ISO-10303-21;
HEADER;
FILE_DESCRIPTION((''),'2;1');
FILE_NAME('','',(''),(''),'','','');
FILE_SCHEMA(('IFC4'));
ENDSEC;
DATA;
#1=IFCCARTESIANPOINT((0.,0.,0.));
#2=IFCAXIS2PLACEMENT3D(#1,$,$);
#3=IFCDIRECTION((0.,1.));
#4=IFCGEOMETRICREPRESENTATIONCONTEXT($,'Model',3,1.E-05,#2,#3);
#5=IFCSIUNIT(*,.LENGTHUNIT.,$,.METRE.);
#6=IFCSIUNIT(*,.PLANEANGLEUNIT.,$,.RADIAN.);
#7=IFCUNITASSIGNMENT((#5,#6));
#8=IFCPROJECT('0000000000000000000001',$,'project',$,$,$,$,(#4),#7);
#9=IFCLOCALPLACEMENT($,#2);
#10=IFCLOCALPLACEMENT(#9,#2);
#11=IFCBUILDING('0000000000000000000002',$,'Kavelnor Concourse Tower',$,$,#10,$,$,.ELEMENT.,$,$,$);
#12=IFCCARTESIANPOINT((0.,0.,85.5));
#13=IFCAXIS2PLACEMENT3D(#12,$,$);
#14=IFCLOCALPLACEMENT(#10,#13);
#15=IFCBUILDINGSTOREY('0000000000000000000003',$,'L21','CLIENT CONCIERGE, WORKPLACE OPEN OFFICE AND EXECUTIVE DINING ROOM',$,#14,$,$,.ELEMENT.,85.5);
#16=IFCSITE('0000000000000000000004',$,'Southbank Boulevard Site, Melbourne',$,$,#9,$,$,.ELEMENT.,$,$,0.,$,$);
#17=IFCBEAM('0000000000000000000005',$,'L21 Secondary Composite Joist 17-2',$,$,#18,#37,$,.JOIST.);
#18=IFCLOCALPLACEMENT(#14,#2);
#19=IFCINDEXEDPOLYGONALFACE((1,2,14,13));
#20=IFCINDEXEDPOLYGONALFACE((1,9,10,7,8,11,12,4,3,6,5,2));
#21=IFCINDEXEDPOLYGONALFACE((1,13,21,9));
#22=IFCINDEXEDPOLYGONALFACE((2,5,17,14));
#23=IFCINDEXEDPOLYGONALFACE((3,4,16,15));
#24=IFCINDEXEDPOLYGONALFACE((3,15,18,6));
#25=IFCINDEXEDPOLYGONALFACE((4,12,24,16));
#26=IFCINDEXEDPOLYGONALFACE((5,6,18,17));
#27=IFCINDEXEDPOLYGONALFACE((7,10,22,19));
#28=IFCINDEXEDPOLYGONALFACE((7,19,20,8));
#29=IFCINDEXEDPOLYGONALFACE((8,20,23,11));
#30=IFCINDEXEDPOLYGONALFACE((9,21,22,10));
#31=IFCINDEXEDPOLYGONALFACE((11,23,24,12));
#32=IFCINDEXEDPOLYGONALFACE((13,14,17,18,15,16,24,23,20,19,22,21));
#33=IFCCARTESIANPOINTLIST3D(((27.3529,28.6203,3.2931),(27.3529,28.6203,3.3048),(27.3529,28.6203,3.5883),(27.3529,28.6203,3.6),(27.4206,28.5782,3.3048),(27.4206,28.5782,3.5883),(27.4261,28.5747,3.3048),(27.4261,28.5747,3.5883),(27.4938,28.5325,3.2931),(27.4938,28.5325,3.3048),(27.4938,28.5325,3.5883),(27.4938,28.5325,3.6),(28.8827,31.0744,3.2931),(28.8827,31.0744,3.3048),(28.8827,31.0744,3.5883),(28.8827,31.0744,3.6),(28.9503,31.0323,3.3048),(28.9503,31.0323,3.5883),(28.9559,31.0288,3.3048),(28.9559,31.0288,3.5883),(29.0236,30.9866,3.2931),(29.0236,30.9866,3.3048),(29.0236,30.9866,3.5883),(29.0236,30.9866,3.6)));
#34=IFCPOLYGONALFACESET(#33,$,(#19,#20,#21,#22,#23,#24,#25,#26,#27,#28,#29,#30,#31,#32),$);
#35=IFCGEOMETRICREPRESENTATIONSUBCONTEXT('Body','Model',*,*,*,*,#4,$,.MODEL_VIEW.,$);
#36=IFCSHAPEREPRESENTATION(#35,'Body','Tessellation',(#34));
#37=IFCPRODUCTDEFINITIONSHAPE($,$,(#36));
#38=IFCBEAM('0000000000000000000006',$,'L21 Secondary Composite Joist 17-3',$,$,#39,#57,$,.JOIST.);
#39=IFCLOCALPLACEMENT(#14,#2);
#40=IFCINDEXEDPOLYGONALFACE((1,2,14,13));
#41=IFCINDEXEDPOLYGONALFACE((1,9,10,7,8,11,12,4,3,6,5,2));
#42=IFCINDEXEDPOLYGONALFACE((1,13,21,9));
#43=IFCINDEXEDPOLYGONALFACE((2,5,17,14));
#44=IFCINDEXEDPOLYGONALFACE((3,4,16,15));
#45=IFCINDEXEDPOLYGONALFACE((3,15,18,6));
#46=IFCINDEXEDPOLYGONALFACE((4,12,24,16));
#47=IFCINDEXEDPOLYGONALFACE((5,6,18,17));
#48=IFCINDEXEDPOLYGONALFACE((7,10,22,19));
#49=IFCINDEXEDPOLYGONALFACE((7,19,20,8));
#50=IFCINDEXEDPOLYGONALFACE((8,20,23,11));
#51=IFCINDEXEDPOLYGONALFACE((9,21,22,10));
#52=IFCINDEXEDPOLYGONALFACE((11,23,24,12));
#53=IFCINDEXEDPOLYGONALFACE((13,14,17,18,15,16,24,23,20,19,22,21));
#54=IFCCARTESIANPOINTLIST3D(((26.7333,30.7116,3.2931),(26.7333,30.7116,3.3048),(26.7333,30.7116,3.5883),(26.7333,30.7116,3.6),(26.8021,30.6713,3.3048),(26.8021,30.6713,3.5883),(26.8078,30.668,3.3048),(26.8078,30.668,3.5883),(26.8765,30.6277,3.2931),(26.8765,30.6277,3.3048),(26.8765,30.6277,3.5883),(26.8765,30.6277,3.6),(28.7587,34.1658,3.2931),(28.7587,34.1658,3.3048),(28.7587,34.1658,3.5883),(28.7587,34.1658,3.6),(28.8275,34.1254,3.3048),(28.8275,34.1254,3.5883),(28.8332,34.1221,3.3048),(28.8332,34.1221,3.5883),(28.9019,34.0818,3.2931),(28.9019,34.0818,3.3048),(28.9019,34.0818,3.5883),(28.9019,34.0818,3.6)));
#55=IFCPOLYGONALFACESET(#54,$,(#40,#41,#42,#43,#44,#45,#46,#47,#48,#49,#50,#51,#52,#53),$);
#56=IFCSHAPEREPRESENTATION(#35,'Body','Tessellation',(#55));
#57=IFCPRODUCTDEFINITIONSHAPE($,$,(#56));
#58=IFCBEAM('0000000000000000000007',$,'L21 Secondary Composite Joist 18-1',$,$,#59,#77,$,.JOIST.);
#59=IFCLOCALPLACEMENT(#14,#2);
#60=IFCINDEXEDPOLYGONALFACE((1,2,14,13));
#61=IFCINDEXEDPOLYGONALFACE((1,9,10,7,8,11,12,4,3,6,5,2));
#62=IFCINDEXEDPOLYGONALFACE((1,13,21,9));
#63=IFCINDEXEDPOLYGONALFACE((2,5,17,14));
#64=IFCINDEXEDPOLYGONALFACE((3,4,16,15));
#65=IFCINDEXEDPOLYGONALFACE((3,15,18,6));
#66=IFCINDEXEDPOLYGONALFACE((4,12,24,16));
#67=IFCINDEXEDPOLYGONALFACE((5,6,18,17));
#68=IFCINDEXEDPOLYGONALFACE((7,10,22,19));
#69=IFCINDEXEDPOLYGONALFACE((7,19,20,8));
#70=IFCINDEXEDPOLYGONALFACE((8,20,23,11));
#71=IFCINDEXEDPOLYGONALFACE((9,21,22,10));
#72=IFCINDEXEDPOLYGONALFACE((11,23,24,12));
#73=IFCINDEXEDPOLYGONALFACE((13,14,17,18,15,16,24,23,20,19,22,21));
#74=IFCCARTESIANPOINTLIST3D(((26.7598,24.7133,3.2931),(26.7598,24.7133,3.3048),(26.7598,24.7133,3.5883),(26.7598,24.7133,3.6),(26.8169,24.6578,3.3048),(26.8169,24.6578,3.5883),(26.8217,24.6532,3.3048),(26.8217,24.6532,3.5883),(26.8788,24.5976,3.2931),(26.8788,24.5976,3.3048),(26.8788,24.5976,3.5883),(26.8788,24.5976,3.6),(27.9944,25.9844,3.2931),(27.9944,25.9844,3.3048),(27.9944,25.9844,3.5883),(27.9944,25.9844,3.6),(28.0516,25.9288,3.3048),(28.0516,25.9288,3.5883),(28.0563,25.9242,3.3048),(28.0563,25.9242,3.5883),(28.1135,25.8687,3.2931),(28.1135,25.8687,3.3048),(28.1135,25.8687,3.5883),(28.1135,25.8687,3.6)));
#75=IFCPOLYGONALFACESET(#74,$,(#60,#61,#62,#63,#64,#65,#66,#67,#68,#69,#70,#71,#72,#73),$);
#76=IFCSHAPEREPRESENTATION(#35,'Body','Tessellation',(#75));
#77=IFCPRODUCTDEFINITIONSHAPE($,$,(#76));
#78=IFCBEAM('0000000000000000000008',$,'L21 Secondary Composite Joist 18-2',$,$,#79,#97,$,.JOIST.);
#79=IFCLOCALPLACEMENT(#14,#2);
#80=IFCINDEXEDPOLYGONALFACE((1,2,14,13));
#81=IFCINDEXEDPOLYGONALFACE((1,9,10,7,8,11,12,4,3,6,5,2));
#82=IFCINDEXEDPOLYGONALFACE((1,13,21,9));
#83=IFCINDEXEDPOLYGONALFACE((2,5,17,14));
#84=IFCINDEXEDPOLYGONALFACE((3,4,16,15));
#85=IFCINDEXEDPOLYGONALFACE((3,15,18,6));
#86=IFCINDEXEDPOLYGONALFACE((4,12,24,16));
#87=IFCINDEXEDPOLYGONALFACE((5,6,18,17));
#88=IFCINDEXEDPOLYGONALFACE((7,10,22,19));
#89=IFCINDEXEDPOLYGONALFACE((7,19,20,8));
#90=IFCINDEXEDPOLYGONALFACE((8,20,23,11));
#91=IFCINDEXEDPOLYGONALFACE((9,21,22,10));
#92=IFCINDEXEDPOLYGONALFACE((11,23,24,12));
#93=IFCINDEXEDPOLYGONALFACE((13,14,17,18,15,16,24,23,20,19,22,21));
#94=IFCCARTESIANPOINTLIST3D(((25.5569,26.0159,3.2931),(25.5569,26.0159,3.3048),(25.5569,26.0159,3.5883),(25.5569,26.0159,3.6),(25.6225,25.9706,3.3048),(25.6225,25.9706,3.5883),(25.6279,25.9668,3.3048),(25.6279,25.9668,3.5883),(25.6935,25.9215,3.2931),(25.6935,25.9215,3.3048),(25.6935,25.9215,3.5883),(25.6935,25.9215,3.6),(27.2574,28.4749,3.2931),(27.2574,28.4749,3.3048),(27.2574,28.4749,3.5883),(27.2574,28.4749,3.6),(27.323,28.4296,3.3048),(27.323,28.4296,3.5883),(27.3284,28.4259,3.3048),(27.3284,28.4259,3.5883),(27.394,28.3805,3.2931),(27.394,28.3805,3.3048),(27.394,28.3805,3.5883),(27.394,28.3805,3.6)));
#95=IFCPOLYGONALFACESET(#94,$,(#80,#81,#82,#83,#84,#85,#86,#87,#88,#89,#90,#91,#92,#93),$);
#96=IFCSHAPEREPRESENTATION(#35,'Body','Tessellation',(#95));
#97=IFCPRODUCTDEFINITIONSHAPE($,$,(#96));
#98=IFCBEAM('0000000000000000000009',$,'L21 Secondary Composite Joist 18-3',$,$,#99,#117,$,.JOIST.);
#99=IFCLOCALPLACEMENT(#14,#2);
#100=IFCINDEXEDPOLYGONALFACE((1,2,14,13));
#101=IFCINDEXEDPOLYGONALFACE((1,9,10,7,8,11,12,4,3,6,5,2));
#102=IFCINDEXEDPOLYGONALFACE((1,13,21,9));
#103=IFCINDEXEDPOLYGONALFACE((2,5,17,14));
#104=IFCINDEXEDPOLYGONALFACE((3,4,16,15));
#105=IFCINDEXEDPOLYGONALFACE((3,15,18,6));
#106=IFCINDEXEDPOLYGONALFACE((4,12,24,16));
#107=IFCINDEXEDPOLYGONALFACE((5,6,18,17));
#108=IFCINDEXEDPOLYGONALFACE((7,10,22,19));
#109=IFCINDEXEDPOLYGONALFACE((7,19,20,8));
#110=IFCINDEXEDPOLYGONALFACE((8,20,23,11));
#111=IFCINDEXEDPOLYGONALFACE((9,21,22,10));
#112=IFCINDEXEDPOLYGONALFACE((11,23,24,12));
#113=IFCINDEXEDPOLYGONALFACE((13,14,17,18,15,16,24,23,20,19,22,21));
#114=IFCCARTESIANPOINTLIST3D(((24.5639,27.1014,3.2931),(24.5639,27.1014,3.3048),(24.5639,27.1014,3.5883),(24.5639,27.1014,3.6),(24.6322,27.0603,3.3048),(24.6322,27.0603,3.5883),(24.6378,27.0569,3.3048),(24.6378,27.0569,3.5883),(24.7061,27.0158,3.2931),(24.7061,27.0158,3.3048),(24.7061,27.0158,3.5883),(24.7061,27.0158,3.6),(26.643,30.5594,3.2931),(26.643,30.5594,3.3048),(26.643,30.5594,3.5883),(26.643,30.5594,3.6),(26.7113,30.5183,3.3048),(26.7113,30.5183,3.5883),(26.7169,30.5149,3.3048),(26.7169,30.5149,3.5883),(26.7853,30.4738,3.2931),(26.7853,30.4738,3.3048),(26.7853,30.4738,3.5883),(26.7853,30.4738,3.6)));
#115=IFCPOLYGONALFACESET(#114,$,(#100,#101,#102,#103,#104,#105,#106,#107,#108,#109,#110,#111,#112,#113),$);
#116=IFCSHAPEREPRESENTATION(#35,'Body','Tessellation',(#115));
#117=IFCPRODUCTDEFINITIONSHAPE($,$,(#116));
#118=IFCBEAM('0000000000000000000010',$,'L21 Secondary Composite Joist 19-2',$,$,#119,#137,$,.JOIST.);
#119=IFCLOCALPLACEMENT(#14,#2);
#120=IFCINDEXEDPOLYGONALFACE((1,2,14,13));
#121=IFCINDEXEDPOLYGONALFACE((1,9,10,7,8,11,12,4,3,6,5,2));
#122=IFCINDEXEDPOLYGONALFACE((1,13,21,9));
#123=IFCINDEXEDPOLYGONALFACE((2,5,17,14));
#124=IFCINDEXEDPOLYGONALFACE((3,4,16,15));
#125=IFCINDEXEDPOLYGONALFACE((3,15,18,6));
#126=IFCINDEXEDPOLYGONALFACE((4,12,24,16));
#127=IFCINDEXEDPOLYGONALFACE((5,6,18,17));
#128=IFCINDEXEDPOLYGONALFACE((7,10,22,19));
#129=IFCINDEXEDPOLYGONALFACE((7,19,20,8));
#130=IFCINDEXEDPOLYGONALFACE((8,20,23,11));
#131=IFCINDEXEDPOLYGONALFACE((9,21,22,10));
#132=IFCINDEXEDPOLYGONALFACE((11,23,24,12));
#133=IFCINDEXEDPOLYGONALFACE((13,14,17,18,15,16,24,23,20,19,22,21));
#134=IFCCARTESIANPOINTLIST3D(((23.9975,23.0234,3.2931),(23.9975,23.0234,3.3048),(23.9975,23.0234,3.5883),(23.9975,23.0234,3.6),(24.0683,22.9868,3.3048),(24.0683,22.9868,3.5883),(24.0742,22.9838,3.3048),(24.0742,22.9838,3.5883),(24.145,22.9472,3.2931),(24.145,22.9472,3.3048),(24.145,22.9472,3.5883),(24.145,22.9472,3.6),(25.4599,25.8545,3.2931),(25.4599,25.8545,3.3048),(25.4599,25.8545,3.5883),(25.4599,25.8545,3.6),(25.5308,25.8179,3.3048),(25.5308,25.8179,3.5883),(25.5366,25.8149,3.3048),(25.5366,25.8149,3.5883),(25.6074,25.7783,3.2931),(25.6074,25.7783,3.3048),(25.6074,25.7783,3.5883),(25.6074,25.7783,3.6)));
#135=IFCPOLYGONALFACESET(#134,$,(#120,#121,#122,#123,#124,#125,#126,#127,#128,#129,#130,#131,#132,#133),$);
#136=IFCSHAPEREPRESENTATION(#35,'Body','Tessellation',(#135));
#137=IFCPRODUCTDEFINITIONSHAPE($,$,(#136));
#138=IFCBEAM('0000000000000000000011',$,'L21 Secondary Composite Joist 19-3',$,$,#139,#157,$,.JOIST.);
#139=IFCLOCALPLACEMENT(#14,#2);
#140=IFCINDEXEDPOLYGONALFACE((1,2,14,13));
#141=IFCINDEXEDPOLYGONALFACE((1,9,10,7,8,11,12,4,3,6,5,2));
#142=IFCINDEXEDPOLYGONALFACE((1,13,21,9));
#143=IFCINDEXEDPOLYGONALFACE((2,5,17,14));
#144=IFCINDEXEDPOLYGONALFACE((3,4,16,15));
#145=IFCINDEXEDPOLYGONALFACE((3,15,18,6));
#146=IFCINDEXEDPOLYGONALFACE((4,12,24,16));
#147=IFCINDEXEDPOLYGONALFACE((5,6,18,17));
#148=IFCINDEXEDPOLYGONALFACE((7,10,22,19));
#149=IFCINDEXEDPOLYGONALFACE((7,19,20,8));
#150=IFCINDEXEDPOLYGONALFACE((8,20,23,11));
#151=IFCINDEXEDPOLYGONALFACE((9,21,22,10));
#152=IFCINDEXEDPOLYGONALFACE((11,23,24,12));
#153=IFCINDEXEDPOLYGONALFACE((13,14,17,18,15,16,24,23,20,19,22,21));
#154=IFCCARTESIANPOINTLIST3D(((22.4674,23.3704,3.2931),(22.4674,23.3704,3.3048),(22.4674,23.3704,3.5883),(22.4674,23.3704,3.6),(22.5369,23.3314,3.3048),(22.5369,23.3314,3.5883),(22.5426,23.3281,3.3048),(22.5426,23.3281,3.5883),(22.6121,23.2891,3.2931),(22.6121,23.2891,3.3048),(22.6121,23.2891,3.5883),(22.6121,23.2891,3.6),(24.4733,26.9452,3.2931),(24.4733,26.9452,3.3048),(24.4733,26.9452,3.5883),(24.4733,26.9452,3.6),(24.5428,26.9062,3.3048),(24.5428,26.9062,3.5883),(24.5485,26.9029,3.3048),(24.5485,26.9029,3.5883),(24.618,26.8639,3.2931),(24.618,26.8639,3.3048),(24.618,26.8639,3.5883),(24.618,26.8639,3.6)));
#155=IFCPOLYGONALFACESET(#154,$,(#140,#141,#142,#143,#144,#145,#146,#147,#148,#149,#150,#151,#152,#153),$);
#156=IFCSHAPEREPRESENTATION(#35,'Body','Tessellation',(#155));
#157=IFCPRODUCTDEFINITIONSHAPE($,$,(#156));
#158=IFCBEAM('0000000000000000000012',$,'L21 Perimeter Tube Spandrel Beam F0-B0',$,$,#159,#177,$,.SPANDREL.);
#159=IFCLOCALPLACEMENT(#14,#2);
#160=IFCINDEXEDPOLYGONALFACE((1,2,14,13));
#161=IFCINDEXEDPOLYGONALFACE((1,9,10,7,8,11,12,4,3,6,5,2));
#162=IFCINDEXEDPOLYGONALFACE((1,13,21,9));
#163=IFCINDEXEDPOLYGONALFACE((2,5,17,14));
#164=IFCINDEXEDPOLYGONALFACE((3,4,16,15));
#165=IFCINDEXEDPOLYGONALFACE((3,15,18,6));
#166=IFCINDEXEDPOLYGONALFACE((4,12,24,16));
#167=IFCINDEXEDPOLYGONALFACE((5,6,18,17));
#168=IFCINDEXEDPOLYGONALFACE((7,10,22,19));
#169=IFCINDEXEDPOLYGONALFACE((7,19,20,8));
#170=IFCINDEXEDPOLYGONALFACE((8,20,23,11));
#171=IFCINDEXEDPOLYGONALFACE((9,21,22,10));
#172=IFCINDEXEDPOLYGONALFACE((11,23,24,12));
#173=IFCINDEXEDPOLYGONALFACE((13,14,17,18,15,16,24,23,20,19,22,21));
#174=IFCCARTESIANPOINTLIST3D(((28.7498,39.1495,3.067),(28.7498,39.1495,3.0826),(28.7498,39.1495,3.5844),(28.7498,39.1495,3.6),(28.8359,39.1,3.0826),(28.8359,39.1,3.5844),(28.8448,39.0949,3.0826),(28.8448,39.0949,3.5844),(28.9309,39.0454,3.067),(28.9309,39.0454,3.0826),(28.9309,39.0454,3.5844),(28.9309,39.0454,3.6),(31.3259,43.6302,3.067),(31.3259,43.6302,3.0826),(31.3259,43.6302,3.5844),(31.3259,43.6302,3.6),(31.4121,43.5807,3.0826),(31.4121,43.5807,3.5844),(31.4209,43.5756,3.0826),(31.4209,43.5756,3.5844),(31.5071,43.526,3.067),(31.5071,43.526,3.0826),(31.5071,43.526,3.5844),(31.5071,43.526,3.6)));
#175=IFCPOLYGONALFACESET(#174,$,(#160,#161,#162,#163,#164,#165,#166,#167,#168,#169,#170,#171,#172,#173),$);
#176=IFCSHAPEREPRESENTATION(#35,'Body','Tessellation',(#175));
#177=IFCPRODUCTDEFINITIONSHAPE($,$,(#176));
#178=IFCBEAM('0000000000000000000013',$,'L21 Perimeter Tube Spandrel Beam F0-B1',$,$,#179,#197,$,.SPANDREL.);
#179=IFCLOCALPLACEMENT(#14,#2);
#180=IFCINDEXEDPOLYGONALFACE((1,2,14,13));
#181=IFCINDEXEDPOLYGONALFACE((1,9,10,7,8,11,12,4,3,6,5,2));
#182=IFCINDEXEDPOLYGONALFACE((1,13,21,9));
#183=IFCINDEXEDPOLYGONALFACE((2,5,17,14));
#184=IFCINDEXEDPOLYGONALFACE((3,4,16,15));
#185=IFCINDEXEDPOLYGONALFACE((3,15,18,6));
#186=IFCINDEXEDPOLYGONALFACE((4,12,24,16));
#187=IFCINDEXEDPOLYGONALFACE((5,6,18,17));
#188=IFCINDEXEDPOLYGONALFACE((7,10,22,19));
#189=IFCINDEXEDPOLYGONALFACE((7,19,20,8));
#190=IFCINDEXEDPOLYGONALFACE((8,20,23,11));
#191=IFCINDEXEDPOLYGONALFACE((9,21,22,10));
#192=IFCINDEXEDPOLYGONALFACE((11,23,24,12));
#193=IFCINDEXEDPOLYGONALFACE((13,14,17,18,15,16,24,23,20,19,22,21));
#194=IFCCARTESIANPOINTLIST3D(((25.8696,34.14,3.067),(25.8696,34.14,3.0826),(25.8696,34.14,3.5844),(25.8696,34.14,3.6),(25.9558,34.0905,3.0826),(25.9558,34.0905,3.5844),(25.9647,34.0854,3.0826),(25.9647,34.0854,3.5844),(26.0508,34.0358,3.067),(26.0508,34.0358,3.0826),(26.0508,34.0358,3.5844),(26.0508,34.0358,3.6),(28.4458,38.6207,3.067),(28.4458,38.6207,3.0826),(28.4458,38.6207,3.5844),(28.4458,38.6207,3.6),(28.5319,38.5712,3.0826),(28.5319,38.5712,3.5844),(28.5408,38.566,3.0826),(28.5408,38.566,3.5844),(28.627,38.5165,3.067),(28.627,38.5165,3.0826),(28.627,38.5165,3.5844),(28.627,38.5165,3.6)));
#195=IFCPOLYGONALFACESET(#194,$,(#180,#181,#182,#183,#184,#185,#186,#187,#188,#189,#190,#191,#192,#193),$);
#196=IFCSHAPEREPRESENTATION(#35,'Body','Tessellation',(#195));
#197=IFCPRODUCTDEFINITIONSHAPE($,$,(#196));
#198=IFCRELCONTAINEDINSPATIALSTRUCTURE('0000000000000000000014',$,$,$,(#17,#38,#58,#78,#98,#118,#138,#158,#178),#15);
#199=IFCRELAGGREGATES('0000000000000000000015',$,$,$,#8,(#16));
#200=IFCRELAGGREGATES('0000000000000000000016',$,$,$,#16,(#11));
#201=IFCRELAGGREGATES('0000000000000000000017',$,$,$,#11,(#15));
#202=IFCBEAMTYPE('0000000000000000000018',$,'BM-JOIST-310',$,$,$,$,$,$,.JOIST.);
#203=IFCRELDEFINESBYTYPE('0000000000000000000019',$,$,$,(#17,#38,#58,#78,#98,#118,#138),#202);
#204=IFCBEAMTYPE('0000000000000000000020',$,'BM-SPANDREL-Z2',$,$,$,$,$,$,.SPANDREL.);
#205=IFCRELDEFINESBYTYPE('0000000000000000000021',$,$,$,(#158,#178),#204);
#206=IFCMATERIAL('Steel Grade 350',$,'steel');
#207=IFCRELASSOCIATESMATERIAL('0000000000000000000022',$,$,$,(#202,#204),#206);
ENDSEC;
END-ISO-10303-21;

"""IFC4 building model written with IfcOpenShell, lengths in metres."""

from ifc_helpers import new_model, si_unit, direction, frame, origin, origin_2d, place, context, subcontext, project, spatial, i_section, extrude, material, material_profile, profile_set, type_object, element, save


model = new_model("IFC4")

# Units and contexts
model_context = context("Model", 3, precision=1e-05, world=origin(), true_north=direction((0.0, 1.0)))
body_context = subcontext(model_context, "Body", "Model", "MODEL_VIEW")
ifc_project = project(units=[si_unit("LENGTHUNIT", "METRE"), si_unit("PLANEANGLEUNIT", "RADIAN")], contexts=[model_context])

# Site, building, storey
site_placement = place(None, origin())
site = spatial("IfcSite", under=ifc_project, at=site_placement, Name="Southbank Boulevard Site, Melbourne", CompositionType="ELEMENT", RefElevation=0.0)
building_placement = place(site_placement, origin())
building = spatial("IfcBuilding", under=site, at=building_placement, Name="Kavelnor Concourse Tower", CompositionType="ELEMENT")
storey_placement = place(building_placement, frame((0.0, 0.0, 85.5)))
storey = spatial("IfcBuildingStorey", under=building, at=storey_placement, Name="L21", Description="CLIENT CONCIERGE, WORKPLACE OPEN OFFICE AND EXECUTIVE DINING ROOM", CompositionType="ELEMENT", Elevation=85.5)

# Shared definitions
ifc_material_1 = material(Name="Steel Grade 350", Category="steel")

# Beams
ifc_material_profile_1 = material_profile(ifc_material_1, i_section(OverallWidth=0.166, OverallDepth=0.3069, WebThickness=0.0066, FlangeThickness=0.0117, at=origin_2d()), Name="310UB46")
ifc_profile_set_1 = profile_set([ifc_material_profile_1], Name="Steel Grade 350")
beam_type_1 = type_object("IfcBeamType", Name="BM-JOIST-310", PredefinedType="JOIST", material=ifc_profile_set_1)
beam_1_placement = place(storey_placement, frame((28.9531, 31.0305, 3.4465), z_axis=(-0.528997, -0.848624, 0.0), x_axis=(0.848624, -0.528997, 0.0)))
element("IfcBeam", 1, at=beam_1_placement, inside=storey, type_object=beam_type_1, Name="L21 Secondary Composite Joist 17-2", PredefinedType="JOIST", context=body_context, shape_type="SweptSolid", body=[
    extrude(i_section(OverallWidth=0.166, OverallDepth=0.3069, WebThickness=0.0066, FlangeThickness=0.0117, at=origin_2d()), origin(), (0.0, 0.0, 1.0), 2.8918),
])
beam_2_placement = place(storey_placement, frame((28.8303, 34.1238, 3.4465), z_axis=(-0.505826, -0.862636, 0.0), x_axis=(0.862636, -0.505826, 0.0)))
element("IfcBeam", 2, at=beam_2_placement, inside=storey, type_object=beam_type_1, Name="L21 Secondary Composite Joist 17-3", PredefinedType="JOIST", context=body_context, shape_type="SweptSolid", body=[
    extrude(i_section(OverallWidth=0.166, OverallDepth=0.3069, WebThickness=0.0066, FlangeThickness=0.0117, at=origin_2d()), origin(), (0.0, 0.0, 1.0), 4.0042),
])
beam_3_placement = place(storey_placement, frame((28.054, 25.9265, 3.4465), z_axis=(-0.696767, -0.717297, 0.0), x_axis=(0.717297, -0.696767, 0.0)))
element("IfcBeam", 3, at=beam_3_placement, inside=storey, type_object=beam_type_1, Name="L21 Secondary Composite Joist 18-1", PredefinedType="JOIST", context=body_context, shape_type="SweptSolid", body=[
    extrude(i_section(OverallWidth=0.166, OverallDepth=0.3069, WebThickness=0.0066, FlangeThickness=0.0117, at=origin_2d()), origin(), (0.0, 0.0, 1.0), 1.772),
])
beam_4_placement = place(storey_placement, frame((27.3257, 28.4277, 3.4465), z_axis=(-0.568773, -0.822495, 0.0), x_axis=(0.822495, -0.568773, 0.0)))
element("IfcBeam", 4, at=beam_4_placement, inside=storey, type_object=beam_type_1, Name="L21 Secondary Composite Joist 18-2", PredefinedType="JOIST", context=body_context, shape_type="SweptSolid", body=[
    extrude(i_section(OverallWidth=0.166, OverallDepth=0.3069, WebThickness=0.0066, FlangeThickness=0.0117, at=origin_2d()), origin(), (0.0, 0.0, 1.0), 2.9897),
])
beam_5_placement = place(storey_placement, frame((26.7141, 30.5166, 3.4465), z_axis=(-0.515279, -0.857023, 0.0), x_axis=(0.857023, -0.515279, 0.0)))
element("IfcBeam", 5, at=beam_5_placement, inside=storey, type_object=beam_type_1, Name="L21 Secondary Composite Joist 18-3", PredefinedType="JOIST", context=body_context, shape_type="SweptSolid", body=[
    extrude(i_section(OverallWidth=0.166, OverallDepth=0.3069, WebThickness=0.0066, FlangeThickness=0.0117, at=origin_2d()), origin(), (0.0, 0.0, 1.0), 4.0349),
])
beam_6_placement = place(storey_placement, frame((25.5337, 25.8164, 3.4465), z_axis=(-0.458943, -0.888465, 0.0), x_axis=(0.888465, -0.458943, 0.0)))
element("IfcBeam", 6, at=beam_6_placement, inside=storey, type_object=beam_type_1, Name="L21 Secondary Composite Joist 19-2", PredefinedType="JOIST", context=body_context, shape_type="SweptSolid", body=[
    extrude(i_section(OverallWidth=0.166, OverallDepth=0.3069, WebThickness=0.0066, FlangeThickness=0.0117, at=origin_2d()), origin(), (0.0, 0.0, 1.0), 3.1865),
])
beam_7_placement = place(storey_placement, frame((24.5457, 26.9045, 3.4465), z_axis=(-0.48935, -0.872087, 0.0), x_axis=(0.872087, -0.48935, 0.0)))
element("IfcBeam", 7, at=beam_7_placement, inside=storey, type_object=beam_type_1, Name="L21 Secondary Composite Joist 19-3", PredefinedType="JOIST", context=body_context, shape_type="SweptSolid", body=[
    extrude(i_section(OverallWidth=0.166, OverallDepth=0.3069, WebThickness=0.0066, FlangeThickness=0.0117, at=origin_2d()), origin(), (0.0, 0.0, 1.0), 4.0991),
])
ifc_material_profile_2 = material_profile(ifc_material_1, i_section(OverallWidth=0.209, OverallDepth=0.533, WebThickness=0.0103, FlangeThickness=0.0156, at=origin_2d()), Name="530UB92")
ifc_profile_set_2 = profile_set([ifc_material_profile_2], Name="Steel Grade 350")
beam_type_2 = type_object("IfcBeamType", Name="BM-SPANDREL-Z2", PredefinedType="SPANDREL", material=ifc_profile_set_2)
for number, where, z_axis, x_axis, name in (
    (8, (31.4165, 43.5781, 3.3335), (-0.498437, -0.866926, 0.0), (0.866926, -0.498437, 0.0), "L21 Perimeter Tube Spandrel Beam F0-B0"),
    (9, (28.5364, 38.5686, 3.3335), (-0.498437, -0.866926, 0.0), (0.866926, -0.498437, 0.0), "L21 Perimeter Tube Spandrel Beam F0-B1"),
):
    element("IfcBeam", number, at=place(storey_placement, frame(where, z_axis=z_axis, x_axis=x_axis)), inside=storey, type_object=beam_type_2, Name=name, PredefinedType="SPANDREL", context=body_context, shape_type="SweptSolid", body=[
        extrude(i_section(OverallWidth=0.209, OverallDepth=0.533, WebThickness=0.0103, FlangeThickness=0.0156, at=origin_2d()), origin(), (0.0, 0.0, 1.0), 5.1685),
    ])

save(model, "model.ifc")
